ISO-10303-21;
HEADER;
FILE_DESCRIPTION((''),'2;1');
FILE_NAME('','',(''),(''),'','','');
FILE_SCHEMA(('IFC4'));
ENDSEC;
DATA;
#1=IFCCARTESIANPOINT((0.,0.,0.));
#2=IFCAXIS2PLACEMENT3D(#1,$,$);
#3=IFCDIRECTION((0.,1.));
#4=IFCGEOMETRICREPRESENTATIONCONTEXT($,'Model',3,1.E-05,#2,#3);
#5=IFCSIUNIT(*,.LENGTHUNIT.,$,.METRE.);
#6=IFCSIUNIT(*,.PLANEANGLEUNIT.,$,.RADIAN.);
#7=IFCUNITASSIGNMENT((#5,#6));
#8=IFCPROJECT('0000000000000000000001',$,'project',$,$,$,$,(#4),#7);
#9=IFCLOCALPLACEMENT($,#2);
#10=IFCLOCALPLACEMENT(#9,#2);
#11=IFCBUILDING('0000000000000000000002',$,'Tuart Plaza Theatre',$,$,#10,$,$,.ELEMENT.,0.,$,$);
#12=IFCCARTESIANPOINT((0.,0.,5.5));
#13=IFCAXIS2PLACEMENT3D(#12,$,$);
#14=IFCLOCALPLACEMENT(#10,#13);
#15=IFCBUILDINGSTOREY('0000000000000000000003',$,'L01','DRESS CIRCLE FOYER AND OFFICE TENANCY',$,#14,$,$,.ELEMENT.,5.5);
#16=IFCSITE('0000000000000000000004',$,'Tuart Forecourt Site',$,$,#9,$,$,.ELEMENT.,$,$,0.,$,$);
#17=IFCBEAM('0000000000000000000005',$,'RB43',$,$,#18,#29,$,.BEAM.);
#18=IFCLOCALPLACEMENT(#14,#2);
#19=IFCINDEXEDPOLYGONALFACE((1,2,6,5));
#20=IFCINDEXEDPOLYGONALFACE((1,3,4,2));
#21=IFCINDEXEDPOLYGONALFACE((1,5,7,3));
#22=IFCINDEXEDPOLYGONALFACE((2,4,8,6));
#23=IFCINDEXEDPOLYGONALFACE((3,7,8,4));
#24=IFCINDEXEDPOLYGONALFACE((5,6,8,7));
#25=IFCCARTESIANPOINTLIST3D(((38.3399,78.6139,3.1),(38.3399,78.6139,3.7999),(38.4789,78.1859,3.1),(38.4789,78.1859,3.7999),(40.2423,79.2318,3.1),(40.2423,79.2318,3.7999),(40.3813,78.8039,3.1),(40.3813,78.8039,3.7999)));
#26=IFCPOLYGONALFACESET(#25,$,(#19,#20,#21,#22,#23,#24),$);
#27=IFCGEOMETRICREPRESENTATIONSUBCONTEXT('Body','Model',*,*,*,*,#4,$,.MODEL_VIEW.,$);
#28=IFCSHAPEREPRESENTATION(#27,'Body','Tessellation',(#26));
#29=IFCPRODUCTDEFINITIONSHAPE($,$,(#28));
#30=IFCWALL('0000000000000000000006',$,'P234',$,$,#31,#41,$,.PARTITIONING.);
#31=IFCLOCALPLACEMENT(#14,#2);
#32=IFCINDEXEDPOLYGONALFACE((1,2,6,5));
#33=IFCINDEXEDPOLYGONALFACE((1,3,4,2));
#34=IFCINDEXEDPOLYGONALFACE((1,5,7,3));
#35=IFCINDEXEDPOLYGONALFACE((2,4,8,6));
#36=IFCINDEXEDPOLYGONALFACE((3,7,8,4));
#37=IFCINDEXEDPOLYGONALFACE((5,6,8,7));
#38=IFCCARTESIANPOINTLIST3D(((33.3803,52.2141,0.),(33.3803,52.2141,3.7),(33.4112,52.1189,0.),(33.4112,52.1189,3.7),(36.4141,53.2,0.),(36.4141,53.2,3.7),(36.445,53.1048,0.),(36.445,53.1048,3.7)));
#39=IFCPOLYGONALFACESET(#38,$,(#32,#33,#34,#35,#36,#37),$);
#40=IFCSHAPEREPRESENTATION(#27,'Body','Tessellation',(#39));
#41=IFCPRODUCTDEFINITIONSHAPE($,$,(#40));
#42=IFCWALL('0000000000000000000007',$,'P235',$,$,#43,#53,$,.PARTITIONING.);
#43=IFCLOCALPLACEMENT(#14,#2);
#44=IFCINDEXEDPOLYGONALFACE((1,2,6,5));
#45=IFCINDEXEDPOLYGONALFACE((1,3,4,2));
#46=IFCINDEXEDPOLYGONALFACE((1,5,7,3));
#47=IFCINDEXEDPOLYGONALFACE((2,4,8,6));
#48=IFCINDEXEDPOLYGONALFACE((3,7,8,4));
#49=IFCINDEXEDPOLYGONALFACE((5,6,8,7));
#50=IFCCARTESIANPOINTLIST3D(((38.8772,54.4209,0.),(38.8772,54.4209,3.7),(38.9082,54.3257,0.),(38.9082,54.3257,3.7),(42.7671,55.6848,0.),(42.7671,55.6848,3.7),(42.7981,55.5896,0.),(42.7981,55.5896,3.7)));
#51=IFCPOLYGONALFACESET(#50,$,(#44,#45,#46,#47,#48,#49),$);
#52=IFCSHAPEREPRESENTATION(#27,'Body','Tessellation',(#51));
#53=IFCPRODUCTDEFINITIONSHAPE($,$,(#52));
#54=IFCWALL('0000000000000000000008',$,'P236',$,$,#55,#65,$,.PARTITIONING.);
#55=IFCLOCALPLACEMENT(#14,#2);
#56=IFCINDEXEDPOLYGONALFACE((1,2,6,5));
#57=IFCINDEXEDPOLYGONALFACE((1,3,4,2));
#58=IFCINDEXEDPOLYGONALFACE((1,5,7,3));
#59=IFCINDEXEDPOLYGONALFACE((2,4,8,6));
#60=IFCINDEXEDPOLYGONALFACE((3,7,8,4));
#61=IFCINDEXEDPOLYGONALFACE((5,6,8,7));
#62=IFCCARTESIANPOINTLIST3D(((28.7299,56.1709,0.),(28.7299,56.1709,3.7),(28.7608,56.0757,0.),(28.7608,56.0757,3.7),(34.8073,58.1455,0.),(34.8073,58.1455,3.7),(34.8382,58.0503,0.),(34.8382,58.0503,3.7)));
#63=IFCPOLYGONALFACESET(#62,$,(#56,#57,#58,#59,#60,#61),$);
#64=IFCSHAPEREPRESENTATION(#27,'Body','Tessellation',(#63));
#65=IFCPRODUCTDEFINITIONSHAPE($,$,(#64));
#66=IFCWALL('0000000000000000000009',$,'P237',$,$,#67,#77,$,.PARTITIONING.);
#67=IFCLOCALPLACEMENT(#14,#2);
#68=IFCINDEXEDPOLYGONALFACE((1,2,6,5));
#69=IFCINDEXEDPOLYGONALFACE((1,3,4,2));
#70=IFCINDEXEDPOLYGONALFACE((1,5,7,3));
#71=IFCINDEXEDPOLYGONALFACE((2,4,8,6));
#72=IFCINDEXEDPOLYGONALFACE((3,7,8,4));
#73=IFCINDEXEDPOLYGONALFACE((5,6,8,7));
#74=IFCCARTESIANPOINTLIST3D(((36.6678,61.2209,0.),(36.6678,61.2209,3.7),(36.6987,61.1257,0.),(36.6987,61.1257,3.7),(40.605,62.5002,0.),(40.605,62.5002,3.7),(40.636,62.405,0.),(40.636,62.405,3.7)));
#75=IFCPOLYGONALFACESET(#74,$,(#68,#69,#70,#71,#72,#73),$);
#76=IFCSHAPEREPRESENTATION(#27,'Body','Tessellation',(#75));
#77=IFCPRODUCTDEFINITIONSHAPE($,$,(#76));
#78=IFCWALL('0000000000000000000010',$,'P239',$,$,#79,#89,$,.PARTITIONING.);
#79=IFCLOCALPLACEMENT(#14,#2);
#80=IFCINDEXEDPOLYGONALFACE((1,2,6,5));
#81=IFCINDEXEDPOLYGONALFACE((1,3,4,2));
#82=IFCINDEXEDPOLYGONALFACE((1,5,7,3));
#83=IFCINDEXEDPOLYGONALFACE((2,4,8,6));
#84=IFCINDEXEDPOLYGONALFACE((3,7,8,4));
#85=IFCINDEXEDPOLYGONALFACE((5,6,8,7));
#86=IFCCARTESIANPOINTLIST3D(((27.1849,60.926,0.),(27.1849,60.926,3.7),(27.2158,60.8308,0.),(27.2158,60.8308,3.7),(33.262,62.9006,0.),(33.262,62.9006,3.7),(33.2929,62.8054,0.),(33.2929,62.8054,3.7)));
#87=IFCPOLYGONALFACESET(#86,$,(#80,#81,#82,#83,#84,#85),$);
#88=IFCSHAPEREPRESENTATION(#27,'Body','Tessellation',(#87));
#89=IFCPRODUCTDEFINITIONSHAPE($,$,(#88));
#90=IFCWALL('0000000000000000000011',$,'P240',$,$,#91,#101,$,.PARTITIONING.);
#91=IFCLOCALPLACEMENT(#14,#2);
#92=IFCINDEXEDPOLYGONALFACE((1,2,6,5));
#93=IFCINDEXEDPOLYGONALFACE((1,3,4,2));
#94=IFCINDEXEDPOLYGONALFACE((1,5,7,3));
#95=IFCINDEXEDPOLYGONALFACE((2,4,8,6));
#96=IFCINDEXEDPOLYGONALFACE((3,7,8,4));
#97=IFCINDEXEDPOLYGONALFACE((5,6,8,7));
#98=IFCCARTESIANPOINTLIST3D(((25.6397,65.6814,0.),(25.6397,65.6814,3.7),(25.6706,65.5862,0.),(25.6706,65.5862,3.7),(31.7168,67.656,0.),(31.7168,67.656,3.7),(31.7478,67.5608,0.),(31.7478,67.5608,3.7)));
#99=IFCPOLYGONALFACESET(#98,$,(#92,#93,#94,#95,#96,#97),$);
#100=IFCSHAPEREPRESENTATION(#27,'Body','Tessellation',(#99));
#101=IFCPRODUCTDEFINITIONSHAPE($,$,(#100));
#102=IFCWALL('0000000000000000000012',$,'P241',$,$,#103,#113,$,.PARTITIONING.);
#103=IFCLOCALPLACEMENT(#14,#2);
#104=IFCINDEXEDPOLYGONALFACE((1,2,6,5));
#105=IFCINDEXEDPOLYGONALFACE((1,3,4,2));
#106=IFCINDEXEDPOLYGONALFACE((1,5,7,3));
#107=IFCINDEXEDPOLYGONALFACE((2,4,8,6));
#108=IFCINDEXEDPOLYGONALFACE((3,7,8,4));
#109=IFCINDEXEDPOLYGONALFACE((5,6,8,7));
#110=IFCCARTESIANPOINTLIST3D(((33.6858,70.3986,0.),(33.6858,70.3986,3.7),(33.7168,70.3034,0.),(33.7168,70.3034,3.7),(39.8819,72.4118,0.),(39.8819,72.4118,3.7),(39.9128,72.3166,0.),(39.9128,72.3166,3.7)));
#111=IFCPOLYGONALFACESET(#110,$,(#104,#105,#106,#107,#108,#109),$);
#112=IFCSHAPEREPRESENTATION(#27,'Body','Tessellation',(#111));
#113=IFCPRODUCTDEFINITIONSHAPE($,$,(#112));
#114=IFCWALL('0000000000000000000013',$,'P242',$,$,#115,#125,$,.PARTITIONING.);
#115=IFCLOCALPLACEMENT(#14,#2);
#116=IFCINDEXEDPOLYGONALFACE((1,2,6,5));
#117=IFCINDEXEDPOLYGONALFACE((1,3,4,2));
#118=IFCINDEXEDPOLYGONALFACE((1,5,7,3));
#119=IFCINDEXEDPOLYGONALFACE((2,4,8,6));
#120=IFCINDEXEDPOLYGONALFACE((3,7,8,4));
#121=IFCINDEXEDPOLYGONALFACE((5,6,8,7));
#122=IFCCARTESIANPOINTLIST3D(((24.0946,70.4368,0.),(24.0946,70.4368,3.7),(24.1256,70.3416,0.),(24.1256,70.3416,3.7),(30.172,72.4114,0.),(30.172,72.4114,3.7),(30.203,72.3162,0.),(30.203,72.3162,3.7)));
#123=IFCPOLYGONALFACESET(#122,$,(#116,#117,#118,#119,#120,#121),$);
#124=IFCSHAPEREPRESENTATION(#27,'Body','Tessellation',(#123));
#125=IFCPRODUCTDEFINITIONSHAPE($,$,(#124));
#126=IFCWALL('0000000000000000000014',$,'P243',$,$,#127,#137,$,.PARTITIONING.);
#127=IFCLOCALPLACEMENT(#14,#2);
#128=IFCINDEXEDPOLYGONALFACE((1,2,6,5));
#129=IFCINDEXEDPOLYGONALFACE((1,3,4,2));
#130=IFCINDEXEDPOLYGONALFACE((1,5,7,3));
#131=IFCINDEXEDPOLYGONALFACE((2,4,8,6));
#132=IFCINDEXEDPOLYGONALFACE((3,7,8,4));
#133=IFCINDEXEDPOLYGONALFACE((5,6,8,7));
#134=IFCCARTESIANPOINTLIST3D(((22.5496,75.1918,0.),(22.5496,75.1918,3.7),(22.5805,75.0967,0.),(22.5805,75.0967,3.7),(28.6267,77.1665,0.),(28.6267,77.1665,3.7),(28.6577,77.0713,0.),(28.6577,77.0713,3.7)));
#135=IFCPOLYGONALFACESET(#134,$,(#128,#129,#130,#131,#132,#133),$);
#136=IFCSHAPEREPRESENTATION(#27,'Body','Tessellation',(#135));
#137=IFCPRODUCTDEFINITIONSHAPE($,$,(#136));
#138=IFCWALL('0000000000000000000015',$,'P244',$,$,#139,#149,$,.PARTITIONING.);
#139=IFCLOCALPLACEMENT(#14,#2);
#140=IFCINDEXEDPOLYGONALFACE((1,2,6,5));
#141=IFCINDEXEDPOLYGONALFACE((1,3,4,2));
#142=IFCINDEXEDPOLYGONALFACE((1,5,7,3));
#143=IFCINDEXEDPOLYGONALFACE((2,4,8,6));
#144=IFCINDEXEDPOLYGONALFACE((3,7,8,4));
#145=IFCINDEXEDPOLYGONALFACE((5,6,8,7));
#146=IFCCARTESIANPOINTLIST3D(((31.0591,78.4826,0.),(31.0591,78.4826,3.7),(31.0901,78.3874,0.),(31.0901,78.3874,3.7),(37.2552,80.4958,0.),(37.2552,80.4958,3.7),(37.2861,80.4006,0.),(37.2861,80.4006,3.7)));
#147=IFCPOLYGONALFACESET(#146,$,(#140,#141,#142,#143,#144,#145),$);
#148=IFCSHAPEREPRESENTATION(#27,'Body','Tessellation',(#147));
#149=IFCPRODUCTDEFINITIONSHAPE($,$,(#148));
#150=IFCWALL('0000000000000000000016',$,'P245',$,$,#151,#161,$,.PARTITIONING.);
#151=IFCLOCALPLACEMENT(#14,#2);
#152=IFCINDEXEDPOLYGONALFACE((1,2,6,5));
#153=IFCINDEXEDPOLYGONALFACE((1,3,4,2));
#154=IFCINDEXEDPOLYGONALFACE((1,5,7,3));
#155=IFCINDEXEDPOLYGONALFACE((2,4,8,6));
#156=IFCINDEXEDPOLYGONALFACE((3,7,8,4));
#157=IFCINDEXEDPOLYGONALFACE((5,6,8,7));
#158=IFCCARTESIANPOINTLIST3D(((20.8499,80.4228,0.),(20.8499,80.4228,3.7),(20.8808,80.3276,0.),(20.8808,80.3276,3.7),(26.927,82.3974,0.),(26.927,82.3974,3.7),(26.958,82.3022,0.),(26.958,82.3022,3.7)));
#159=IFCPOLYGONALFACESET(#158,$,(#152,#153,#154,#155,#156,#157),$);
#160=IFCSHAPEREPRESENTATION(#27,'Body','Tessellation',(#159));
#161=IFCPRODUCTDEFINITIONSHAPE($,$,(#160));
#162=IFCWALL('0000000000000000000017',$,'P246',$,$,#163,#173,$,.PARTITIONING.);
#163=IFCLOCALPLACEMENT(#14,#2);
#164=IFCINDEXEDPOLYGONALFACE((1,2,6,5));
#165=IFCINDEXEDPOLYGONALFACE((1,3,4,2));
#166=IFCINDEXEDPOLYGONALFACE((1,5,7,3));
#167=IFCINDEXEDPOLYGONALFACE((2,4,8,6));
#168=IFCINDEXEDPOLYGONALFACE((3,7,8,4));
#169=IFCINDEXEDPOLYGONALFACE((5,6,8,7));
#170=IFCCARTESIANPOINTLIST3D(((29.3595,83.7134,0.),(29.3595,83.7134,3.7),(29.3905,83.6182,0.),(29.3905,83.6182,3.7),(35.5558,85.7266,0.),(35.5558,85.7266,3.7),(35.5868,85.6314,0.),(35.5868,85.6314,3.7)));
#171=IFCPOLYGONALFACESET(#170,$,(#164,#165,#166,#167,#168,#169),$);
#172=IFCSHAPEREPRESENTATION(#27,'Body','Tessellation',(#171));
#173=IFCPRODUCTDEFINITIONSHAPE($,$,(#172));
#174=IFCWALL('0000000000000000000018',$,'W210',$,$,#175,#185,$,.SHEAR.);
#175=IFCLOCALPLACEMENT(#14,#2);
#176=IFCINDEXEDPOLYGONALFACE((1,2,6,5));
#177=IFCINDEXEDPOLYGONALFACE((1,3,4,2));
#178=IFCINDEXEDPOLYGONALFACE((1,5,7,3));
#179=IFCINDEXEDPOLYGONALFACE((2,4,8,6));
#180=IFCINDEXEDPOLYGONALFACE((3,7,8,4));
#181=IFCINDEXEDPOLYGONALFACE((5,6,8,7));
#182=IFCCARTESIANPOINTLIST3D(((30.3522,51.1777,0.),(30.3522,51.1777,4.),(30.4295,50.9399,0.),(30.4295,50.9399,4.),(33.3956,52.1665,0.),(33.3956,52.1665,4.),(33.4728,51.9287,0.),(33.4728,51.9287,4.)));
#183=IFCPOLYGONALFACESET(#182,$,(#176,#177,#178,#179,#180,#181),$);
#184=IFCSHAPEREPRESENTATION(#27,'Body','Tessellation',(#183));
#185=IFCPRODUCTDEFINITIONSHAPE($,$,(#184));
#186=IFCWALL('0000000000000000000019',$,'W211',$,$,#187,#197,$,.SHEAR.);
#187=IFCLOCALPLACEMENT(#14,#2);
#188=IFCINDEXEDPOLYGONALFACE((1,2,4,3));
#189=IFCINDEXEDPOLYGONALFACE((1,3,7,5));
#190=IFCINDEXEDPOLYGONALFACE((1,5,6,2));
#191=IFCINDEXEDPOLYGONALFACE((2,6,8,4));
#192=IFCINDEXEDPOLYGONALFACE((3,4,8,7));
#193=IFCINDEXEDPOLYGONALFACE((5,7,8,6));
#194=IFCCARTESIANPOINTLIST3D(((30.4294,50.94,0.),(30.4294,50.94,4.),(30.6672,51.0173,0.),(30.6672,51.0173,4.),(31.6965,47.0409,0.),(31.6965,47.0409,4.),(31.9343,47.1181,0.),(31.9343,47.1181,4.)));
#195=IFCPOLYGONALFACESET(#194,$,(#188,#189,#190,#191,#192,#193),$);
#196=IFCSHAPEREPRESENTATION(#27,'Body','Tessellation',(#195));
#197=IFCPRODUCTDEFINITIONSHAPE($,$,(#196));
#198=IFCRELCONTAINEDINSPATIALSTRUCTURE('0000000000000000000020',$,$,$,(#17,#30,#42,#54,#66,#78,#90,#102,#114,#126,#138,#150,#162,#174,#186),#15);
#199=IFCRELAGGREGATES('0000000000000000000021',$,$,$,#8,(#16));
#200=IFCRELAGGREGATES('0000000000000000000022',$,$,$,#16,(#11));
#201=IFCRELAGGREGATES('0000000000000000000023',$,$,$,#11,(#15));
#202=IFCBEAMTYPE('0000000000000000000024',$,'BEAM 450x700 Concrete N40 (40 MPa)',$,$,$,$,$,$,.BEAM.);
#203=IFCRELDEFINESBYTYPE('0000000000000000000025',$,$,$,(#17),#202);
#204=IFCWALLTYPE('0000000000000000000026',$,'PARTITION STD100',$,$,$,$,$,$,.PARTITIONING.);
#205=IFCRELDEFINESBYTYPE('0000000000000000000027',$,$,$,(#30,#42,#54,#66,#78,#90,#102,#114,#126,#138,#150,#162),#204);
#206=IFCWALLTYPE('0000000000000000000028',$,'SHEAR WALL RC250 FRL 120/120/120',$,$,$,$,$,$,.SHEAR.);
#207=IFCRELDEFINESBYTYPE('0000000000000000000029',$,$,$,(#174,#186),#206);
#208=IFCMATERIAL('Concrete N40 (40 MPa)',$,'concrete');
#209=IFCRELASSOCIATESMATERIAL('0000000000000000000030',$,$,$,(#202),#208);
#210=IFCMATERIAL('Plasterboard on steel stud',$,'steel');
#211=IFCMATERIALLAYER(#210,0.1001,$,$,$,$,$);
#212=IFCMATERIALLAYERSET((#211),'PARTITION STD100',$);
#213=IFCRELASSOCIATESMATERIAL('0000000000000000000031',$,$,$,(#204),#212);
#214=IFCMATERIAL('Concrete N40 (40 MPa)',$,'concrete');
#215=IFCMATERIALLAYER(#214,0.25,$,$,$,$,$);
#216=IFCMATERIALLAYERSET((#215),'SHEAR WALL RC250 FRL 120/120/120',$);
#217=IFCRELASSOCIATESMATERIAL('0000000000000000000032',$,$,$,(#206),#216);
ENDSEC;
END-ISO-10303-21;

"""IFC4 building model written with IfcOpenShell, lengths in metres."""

from ifc_helpers import new_model, si_unit, direction, frame, frame_2d, origin, origin_2d, place, context, subcontext, project, spatial, rectangle, extrude, material, layer, layer_set, material_profile, profile_set, type_object, element, save


model = new_model("IFC4")

# Units and contexts
model_context = context("Model", 3, precision=1e-05, world=origin(), true_north=direction((0.0, 1.0)))
body_context = subcontext(model_context, "Body", "Model", "MODEL_VIEW")
ifc_project = project(units=[si_unit("LENGTHUNIT", "METRE"), si_unit("PLANEANGLEUNIT", "RADIAN")], contexts=[model_context])

# Site, building, storey
site_placement = place(None, origin())
site = spatial("IfcSite", under=ifc_project, at=site_placement, Name="Tuart Forecourt Site", CompositionType="ELEMENT", RefElevation=0.0)
building_placement = place(site_placement, origin())
building = spatial("IfcBuilding", under=site, at=building_placement, Name="Tuart Plaza Theatre", CompositionType="ELEMENT", ElevationOfRefHeight=0.0)
storey_placement = place(building_placement, frame((0.0, 0.0, 5.5)))
storey = spatial("IfcBuildingStorey", under=building, at=storey_placement, Name="L01", Description="DRESS CIRCLE FOYER AND OFFICE TENANCY", CompositionType="ELEMENT", Elevation=5.5)

# Beam
ifc_material_1 = material(Name="Concrete N40 (40 MPa)", Category="concrete")
ifc_material_profile = material_profile(ifc_material_1, rectangle(XDim=0.45, YDim=0.7, at=origin_2d()), Name="BEAM 450x700 Concrete N40 (40 MPa)")
ifc_profile_set = profile_set([ifc_material_profile], Name="Concrete N40 (40 MPa)")
beam_type = type_object("IfcBeamType", Name="BEAM 450x700 Concrete N40 (40 MPa)", PredefinedType="BEAM", material=ifc_profile_set)
beam_placement = place(storey_placement, frame((38.4094, 78.3999, 3.45), z_axis=(0.951084, 0.308932, 0.0), x_axis=(-0.308932, 0.951084, 0.0)))
element("IfcBeam", 1, at=beam_placement, inside=storey, type_object=beam_type, Name="RB43", PredefinedType="BEAM", context=body_context, shape_type="SweptSolid", body=[
    extrude(rectangle(XDim=0.45, YDim=0.7, at=origin_2d()), origin(), (0.0, 0.0, 1.0), 2.0002),
])

# Walls
ifc_material_2 = material(Name="Plasterboard on steel stud", Category="steel")
ifc_layer_1 = layer(ifc_material_2, 0.1001)
ifc_layer_set_1 = layer_set([ifc_layer_1], Name="PARTITION STD100")
wall_type_1 = type_object("IfcWallType", Name="PARTITION STD100", PredefinedType="PARTITIONING", material=ifc_layer_set_1)
wall_1_placement = place(storey_placement, frame((33.3958, 52.1665, 0.0), z_axis=(0.0, 0.0, 1.0), x_axis=(0.951044, 0.309055, 0.0)))
element("IfcWall", 2, at=wall_1_placement, inside=storey, type_object=wall_type_1, Name="P234", PredefinedType="PARTITIONING", context=body_context, shape_type="SweptSolid", body=[
    extrude(rectangle(XDim=3.1899, YDim=0.1001, at=frame_2d((1.595, 0.0))), origin(), (0.0, 0.0, 1.0), 3.7),
])
wall_2_placement = place(storey_placement, frame((38.8928, 54.3733, 0.0), z_axis=(0.0, 0.0, 1.0), x_axis=(0.951056, 0.30902, 0.0)))
element("IfcWall", 3, at=wall_2_placement, inside=storey, type_object=wall_type_1, Name="P235", PredefinedType="PARTITIONING", context=body_context, shape_type="SweptSolid", body=[
    extrude(rectangle(XDim=4.0901, YDim=0.1001, at=frame_2d((2.0449, 0.0))), origin(), (0.0, 0.0, 1.0), 3.7),
])
wall_3_placement = place(storey_placement, frame((28.7454, 56.1233, 0.0), z_axis=(0.0, 0.0, 1.0), x_axis=(0.951059, 0.309009, 0.0)))
element("IfcWall", 4, at=wall_3_placement, inside=storey, type_object=wall_type_1, Name="P236", PredefinedType="PARTITIONING", context=body_context, shape_type="SweptSolid", body=[
    extrude(rectangle(XDim=6.3901, YDim=0.1001, at=frame_2d((3.1951, 0.0))), origin(), (0.0, 0.0, 1.0), 3.7),
])
wall_4_placement = place(storey_placement, frame((36.6833, 61.1733, 0.0), z_axis=(0.0, 0.0, 1.0), x_axis=(0.951056, 0.309018, 0.0)))
element("IfcWall", 5, at=wall_4_placement, inside=storey, type_object=wall_type_1, Name="P237", PredefinedType="PARTITIONING", context=body_context, shape_type="SweptSolid", body=[
    extrude(rectangle(XDim=4.1399, YDim=0.1001, at=frame_2d((2.0698, 0.0))), origin(), (0.0, 0.0, 1.0), 3.7),
])
for number, where, z_axis, x_axis, name in (
    (6, (27.2004, 60.8784, 0.0), (0.0, 0.0, 1.0), (0.951055, 0.30902, 0.0), "P239"),
    (7, (25.6553, 65.6338, 0.0), (0.0, 0.0, 1.0), (0.951055, 0.30902, 0.0), "P240"),
):
    element("IfcWall", number, at=place(storey_placement, frame(where, z_axis=z_axis, x_axis=x_axis)), inside=storey, type_object=wall_type_1, Name=name, PredefinedType="PARTITIONING", context=body_context, shape_type="SweptSolid", body=[
        extrude(rectangle(XDim=6.3899, YDim=0.1001, at=frame_2d((3.1948, 0.0))), origin(), (0.0, 0.0, 1.0), 3.7),
    ])
wall_5_placement = place(storey_placement, frame((33.7014, 70.3511, 0.0), z_axis=(0.0, 0.0, 1.0), x_axis=(0.951058, 0.309012, 0.0)))
element("IfcWall", 8, at=wall_5_placement, inside=storey, type_object=wall_type_1, Name="P241", PredefinedType="PARTITIONING", context=body_context, shape_type="SweptSolid", body=[
    extrude(rectangle(XDim=6.5149, YDim=0.1001, at=frame_2d((3.2573, 0.0))), origin(), (0.0, 0.0, 1.0), 3.7),
])
wall_6_placement = place(storey_placement, frame((24.1101, 70.3892, 0.0), z_axis=(0.0, 0.0, 1.0), x_axis=(0.951059, 0.309009, 0.0)))
element("IfcWall", 9, at=wall_6_placement, inside=storey, type_object=wall_type_1, Name="P242", PredefinedType="PARTITIONING", context=body_context, shape_type="SweptSolid", body=[
    extrude(rectangle(XDim=6.3901, YDim=0.1001, at=frame_2d((3.1951, 0.0))), origin(), (0.0, 0.0, 1.0), 3.7),
])
wall_7_placement = place(storey_placement, frame((22.5652, 75.1443, 0.0), z_axis=(0.0, 0.0, 1.0), x_axis=(0.951055, 0.30902, 0.0)))
element("IfcWall", 10, at=wall_7_placement, inside=storey, type_object=wall_type_1, Name="P243", PredefinedType="PARTITIONING", context=body_context, shape_type="SweptSolid", body=[
    extrude(rectangle(XDim=6.3899, YDim=0.1001, at=frame_2d((3.1948, 0.0))), origin(), (0.0, 0.0, 1.0), 3.7),
])
wall_8_placement = place(storey_placement, frame((31.0747, 78.4351, 0.0), z_axis=(0.0, 0.0, 1.0), x_axis=(0.951058, 0.309012, 0.0)))
element("IfcWall", 11, at=wall_8_placement, inside=storey, type_object=wall_type_1, Name="P244", PredefinedType="PARTITIONING", context=body_context, shape_type="SweptSolid", body=[
    extrude(rectangle(XDim=6.5149, YDim=0.1001, at=frame_2d((3.2573, 0.0))), origin(), (0.0, 0.0, 1.0), 3.7),
])
wall_9_placement = place(storey_placement, frame((20.8655, 80.3752, 0.0), z_axis=(0.0, 0.0, 1.0), x_axis=(0.951055, 0.30902, 0.0)))
element("IfcWall", 12, at=wall_9_placement, inside=storey, type_object=wall_type_1, Name="P245", PredefinedType="PARTITIONING", context=body_context, shape_type="SweptSolid", body=[
    extrude(rectangle(XDim=6.3899, YDim=0.1001, at=frame_2d((3.1948, 0.0))), origin(), (0.0, 0.0, 1.0), 3.7),
])
wall_10_placement = place(storey_placement, frame((29.375, 83.6658, 0.0), z_axis=(0.0, 0.0, 1.0), x_axis=(0.951062, 0.309001, 0.0)))
element("IfcWall", 13, at=wall_10_placement, inside=storey, type_object=wall_type_1, Name="P246", PredefinedType="PARTITIONING", context=body_context, shape_type="SweptSolid", body=[
    extrude(rectangle(XDim=6.5151, YDim=0.1001, at=frame_2d((3.2576, 0.0))), origin(), (0.0, 0.0, 1.0), 3.7),
])
ifc_material_3 = material(Name="Concrete N40 (40 MPa)", Category="concrete")
ifc_layer_2 = layer(ifc_material_3, 0.25)
ifc_layer_set_2 = layer_set([ifc_layer_2], Name="SHEAR WALL RC250 FRL 120/120/120")
wall_type_2 = type_object("IfcWallType", Name="SHEAR WALL RC250 FRL 120/120/120", PredefinedType="SHEAR", material=ifc_layer_set_2)
wall_11_placement = place(storey_placement, frame((33.4343, 52.0476, 0.0), z_axis=(0.0, 0.0, 1.0), x_axis=(-0.951067, -0.308986, 0.0)))
element("IfcWall", 14, at=wall_11_placement, inside=storey, type_object=wall_type_2, Name="W210", PredefinedType="SHEAR", context=body_context, shape_type="SweptSolid", body=[
    extrude(rectangle(XDim=3.2, YDim=0.25, at=frame_2d((1.6001, 0.0))), origin(), (0.0, 0.0, 1.0), 4.0),
])
wall_12_placement = place(storey_placement, frame((30.5483, 50.9785, 0.0), z_axis=(0.0, 0.0, 1.0), x_axis=(0.309055, -0.951044, 0.0)))
element("IfcWall", 15, at=wall_12_placement, inside=storey, type_object=wall_type_2, Name="W211", PredefinedType="SHEAR", context=body_context, shape_type="SweptSolid", body=[
    extrude(rectangle(XDim=4.0999, YDim=0.25, at=frame_2d((2.0498, 0.0))), origin(), (0.0, 0.0, 1.0), 4.0),
])

save(model, "model.ifc")
